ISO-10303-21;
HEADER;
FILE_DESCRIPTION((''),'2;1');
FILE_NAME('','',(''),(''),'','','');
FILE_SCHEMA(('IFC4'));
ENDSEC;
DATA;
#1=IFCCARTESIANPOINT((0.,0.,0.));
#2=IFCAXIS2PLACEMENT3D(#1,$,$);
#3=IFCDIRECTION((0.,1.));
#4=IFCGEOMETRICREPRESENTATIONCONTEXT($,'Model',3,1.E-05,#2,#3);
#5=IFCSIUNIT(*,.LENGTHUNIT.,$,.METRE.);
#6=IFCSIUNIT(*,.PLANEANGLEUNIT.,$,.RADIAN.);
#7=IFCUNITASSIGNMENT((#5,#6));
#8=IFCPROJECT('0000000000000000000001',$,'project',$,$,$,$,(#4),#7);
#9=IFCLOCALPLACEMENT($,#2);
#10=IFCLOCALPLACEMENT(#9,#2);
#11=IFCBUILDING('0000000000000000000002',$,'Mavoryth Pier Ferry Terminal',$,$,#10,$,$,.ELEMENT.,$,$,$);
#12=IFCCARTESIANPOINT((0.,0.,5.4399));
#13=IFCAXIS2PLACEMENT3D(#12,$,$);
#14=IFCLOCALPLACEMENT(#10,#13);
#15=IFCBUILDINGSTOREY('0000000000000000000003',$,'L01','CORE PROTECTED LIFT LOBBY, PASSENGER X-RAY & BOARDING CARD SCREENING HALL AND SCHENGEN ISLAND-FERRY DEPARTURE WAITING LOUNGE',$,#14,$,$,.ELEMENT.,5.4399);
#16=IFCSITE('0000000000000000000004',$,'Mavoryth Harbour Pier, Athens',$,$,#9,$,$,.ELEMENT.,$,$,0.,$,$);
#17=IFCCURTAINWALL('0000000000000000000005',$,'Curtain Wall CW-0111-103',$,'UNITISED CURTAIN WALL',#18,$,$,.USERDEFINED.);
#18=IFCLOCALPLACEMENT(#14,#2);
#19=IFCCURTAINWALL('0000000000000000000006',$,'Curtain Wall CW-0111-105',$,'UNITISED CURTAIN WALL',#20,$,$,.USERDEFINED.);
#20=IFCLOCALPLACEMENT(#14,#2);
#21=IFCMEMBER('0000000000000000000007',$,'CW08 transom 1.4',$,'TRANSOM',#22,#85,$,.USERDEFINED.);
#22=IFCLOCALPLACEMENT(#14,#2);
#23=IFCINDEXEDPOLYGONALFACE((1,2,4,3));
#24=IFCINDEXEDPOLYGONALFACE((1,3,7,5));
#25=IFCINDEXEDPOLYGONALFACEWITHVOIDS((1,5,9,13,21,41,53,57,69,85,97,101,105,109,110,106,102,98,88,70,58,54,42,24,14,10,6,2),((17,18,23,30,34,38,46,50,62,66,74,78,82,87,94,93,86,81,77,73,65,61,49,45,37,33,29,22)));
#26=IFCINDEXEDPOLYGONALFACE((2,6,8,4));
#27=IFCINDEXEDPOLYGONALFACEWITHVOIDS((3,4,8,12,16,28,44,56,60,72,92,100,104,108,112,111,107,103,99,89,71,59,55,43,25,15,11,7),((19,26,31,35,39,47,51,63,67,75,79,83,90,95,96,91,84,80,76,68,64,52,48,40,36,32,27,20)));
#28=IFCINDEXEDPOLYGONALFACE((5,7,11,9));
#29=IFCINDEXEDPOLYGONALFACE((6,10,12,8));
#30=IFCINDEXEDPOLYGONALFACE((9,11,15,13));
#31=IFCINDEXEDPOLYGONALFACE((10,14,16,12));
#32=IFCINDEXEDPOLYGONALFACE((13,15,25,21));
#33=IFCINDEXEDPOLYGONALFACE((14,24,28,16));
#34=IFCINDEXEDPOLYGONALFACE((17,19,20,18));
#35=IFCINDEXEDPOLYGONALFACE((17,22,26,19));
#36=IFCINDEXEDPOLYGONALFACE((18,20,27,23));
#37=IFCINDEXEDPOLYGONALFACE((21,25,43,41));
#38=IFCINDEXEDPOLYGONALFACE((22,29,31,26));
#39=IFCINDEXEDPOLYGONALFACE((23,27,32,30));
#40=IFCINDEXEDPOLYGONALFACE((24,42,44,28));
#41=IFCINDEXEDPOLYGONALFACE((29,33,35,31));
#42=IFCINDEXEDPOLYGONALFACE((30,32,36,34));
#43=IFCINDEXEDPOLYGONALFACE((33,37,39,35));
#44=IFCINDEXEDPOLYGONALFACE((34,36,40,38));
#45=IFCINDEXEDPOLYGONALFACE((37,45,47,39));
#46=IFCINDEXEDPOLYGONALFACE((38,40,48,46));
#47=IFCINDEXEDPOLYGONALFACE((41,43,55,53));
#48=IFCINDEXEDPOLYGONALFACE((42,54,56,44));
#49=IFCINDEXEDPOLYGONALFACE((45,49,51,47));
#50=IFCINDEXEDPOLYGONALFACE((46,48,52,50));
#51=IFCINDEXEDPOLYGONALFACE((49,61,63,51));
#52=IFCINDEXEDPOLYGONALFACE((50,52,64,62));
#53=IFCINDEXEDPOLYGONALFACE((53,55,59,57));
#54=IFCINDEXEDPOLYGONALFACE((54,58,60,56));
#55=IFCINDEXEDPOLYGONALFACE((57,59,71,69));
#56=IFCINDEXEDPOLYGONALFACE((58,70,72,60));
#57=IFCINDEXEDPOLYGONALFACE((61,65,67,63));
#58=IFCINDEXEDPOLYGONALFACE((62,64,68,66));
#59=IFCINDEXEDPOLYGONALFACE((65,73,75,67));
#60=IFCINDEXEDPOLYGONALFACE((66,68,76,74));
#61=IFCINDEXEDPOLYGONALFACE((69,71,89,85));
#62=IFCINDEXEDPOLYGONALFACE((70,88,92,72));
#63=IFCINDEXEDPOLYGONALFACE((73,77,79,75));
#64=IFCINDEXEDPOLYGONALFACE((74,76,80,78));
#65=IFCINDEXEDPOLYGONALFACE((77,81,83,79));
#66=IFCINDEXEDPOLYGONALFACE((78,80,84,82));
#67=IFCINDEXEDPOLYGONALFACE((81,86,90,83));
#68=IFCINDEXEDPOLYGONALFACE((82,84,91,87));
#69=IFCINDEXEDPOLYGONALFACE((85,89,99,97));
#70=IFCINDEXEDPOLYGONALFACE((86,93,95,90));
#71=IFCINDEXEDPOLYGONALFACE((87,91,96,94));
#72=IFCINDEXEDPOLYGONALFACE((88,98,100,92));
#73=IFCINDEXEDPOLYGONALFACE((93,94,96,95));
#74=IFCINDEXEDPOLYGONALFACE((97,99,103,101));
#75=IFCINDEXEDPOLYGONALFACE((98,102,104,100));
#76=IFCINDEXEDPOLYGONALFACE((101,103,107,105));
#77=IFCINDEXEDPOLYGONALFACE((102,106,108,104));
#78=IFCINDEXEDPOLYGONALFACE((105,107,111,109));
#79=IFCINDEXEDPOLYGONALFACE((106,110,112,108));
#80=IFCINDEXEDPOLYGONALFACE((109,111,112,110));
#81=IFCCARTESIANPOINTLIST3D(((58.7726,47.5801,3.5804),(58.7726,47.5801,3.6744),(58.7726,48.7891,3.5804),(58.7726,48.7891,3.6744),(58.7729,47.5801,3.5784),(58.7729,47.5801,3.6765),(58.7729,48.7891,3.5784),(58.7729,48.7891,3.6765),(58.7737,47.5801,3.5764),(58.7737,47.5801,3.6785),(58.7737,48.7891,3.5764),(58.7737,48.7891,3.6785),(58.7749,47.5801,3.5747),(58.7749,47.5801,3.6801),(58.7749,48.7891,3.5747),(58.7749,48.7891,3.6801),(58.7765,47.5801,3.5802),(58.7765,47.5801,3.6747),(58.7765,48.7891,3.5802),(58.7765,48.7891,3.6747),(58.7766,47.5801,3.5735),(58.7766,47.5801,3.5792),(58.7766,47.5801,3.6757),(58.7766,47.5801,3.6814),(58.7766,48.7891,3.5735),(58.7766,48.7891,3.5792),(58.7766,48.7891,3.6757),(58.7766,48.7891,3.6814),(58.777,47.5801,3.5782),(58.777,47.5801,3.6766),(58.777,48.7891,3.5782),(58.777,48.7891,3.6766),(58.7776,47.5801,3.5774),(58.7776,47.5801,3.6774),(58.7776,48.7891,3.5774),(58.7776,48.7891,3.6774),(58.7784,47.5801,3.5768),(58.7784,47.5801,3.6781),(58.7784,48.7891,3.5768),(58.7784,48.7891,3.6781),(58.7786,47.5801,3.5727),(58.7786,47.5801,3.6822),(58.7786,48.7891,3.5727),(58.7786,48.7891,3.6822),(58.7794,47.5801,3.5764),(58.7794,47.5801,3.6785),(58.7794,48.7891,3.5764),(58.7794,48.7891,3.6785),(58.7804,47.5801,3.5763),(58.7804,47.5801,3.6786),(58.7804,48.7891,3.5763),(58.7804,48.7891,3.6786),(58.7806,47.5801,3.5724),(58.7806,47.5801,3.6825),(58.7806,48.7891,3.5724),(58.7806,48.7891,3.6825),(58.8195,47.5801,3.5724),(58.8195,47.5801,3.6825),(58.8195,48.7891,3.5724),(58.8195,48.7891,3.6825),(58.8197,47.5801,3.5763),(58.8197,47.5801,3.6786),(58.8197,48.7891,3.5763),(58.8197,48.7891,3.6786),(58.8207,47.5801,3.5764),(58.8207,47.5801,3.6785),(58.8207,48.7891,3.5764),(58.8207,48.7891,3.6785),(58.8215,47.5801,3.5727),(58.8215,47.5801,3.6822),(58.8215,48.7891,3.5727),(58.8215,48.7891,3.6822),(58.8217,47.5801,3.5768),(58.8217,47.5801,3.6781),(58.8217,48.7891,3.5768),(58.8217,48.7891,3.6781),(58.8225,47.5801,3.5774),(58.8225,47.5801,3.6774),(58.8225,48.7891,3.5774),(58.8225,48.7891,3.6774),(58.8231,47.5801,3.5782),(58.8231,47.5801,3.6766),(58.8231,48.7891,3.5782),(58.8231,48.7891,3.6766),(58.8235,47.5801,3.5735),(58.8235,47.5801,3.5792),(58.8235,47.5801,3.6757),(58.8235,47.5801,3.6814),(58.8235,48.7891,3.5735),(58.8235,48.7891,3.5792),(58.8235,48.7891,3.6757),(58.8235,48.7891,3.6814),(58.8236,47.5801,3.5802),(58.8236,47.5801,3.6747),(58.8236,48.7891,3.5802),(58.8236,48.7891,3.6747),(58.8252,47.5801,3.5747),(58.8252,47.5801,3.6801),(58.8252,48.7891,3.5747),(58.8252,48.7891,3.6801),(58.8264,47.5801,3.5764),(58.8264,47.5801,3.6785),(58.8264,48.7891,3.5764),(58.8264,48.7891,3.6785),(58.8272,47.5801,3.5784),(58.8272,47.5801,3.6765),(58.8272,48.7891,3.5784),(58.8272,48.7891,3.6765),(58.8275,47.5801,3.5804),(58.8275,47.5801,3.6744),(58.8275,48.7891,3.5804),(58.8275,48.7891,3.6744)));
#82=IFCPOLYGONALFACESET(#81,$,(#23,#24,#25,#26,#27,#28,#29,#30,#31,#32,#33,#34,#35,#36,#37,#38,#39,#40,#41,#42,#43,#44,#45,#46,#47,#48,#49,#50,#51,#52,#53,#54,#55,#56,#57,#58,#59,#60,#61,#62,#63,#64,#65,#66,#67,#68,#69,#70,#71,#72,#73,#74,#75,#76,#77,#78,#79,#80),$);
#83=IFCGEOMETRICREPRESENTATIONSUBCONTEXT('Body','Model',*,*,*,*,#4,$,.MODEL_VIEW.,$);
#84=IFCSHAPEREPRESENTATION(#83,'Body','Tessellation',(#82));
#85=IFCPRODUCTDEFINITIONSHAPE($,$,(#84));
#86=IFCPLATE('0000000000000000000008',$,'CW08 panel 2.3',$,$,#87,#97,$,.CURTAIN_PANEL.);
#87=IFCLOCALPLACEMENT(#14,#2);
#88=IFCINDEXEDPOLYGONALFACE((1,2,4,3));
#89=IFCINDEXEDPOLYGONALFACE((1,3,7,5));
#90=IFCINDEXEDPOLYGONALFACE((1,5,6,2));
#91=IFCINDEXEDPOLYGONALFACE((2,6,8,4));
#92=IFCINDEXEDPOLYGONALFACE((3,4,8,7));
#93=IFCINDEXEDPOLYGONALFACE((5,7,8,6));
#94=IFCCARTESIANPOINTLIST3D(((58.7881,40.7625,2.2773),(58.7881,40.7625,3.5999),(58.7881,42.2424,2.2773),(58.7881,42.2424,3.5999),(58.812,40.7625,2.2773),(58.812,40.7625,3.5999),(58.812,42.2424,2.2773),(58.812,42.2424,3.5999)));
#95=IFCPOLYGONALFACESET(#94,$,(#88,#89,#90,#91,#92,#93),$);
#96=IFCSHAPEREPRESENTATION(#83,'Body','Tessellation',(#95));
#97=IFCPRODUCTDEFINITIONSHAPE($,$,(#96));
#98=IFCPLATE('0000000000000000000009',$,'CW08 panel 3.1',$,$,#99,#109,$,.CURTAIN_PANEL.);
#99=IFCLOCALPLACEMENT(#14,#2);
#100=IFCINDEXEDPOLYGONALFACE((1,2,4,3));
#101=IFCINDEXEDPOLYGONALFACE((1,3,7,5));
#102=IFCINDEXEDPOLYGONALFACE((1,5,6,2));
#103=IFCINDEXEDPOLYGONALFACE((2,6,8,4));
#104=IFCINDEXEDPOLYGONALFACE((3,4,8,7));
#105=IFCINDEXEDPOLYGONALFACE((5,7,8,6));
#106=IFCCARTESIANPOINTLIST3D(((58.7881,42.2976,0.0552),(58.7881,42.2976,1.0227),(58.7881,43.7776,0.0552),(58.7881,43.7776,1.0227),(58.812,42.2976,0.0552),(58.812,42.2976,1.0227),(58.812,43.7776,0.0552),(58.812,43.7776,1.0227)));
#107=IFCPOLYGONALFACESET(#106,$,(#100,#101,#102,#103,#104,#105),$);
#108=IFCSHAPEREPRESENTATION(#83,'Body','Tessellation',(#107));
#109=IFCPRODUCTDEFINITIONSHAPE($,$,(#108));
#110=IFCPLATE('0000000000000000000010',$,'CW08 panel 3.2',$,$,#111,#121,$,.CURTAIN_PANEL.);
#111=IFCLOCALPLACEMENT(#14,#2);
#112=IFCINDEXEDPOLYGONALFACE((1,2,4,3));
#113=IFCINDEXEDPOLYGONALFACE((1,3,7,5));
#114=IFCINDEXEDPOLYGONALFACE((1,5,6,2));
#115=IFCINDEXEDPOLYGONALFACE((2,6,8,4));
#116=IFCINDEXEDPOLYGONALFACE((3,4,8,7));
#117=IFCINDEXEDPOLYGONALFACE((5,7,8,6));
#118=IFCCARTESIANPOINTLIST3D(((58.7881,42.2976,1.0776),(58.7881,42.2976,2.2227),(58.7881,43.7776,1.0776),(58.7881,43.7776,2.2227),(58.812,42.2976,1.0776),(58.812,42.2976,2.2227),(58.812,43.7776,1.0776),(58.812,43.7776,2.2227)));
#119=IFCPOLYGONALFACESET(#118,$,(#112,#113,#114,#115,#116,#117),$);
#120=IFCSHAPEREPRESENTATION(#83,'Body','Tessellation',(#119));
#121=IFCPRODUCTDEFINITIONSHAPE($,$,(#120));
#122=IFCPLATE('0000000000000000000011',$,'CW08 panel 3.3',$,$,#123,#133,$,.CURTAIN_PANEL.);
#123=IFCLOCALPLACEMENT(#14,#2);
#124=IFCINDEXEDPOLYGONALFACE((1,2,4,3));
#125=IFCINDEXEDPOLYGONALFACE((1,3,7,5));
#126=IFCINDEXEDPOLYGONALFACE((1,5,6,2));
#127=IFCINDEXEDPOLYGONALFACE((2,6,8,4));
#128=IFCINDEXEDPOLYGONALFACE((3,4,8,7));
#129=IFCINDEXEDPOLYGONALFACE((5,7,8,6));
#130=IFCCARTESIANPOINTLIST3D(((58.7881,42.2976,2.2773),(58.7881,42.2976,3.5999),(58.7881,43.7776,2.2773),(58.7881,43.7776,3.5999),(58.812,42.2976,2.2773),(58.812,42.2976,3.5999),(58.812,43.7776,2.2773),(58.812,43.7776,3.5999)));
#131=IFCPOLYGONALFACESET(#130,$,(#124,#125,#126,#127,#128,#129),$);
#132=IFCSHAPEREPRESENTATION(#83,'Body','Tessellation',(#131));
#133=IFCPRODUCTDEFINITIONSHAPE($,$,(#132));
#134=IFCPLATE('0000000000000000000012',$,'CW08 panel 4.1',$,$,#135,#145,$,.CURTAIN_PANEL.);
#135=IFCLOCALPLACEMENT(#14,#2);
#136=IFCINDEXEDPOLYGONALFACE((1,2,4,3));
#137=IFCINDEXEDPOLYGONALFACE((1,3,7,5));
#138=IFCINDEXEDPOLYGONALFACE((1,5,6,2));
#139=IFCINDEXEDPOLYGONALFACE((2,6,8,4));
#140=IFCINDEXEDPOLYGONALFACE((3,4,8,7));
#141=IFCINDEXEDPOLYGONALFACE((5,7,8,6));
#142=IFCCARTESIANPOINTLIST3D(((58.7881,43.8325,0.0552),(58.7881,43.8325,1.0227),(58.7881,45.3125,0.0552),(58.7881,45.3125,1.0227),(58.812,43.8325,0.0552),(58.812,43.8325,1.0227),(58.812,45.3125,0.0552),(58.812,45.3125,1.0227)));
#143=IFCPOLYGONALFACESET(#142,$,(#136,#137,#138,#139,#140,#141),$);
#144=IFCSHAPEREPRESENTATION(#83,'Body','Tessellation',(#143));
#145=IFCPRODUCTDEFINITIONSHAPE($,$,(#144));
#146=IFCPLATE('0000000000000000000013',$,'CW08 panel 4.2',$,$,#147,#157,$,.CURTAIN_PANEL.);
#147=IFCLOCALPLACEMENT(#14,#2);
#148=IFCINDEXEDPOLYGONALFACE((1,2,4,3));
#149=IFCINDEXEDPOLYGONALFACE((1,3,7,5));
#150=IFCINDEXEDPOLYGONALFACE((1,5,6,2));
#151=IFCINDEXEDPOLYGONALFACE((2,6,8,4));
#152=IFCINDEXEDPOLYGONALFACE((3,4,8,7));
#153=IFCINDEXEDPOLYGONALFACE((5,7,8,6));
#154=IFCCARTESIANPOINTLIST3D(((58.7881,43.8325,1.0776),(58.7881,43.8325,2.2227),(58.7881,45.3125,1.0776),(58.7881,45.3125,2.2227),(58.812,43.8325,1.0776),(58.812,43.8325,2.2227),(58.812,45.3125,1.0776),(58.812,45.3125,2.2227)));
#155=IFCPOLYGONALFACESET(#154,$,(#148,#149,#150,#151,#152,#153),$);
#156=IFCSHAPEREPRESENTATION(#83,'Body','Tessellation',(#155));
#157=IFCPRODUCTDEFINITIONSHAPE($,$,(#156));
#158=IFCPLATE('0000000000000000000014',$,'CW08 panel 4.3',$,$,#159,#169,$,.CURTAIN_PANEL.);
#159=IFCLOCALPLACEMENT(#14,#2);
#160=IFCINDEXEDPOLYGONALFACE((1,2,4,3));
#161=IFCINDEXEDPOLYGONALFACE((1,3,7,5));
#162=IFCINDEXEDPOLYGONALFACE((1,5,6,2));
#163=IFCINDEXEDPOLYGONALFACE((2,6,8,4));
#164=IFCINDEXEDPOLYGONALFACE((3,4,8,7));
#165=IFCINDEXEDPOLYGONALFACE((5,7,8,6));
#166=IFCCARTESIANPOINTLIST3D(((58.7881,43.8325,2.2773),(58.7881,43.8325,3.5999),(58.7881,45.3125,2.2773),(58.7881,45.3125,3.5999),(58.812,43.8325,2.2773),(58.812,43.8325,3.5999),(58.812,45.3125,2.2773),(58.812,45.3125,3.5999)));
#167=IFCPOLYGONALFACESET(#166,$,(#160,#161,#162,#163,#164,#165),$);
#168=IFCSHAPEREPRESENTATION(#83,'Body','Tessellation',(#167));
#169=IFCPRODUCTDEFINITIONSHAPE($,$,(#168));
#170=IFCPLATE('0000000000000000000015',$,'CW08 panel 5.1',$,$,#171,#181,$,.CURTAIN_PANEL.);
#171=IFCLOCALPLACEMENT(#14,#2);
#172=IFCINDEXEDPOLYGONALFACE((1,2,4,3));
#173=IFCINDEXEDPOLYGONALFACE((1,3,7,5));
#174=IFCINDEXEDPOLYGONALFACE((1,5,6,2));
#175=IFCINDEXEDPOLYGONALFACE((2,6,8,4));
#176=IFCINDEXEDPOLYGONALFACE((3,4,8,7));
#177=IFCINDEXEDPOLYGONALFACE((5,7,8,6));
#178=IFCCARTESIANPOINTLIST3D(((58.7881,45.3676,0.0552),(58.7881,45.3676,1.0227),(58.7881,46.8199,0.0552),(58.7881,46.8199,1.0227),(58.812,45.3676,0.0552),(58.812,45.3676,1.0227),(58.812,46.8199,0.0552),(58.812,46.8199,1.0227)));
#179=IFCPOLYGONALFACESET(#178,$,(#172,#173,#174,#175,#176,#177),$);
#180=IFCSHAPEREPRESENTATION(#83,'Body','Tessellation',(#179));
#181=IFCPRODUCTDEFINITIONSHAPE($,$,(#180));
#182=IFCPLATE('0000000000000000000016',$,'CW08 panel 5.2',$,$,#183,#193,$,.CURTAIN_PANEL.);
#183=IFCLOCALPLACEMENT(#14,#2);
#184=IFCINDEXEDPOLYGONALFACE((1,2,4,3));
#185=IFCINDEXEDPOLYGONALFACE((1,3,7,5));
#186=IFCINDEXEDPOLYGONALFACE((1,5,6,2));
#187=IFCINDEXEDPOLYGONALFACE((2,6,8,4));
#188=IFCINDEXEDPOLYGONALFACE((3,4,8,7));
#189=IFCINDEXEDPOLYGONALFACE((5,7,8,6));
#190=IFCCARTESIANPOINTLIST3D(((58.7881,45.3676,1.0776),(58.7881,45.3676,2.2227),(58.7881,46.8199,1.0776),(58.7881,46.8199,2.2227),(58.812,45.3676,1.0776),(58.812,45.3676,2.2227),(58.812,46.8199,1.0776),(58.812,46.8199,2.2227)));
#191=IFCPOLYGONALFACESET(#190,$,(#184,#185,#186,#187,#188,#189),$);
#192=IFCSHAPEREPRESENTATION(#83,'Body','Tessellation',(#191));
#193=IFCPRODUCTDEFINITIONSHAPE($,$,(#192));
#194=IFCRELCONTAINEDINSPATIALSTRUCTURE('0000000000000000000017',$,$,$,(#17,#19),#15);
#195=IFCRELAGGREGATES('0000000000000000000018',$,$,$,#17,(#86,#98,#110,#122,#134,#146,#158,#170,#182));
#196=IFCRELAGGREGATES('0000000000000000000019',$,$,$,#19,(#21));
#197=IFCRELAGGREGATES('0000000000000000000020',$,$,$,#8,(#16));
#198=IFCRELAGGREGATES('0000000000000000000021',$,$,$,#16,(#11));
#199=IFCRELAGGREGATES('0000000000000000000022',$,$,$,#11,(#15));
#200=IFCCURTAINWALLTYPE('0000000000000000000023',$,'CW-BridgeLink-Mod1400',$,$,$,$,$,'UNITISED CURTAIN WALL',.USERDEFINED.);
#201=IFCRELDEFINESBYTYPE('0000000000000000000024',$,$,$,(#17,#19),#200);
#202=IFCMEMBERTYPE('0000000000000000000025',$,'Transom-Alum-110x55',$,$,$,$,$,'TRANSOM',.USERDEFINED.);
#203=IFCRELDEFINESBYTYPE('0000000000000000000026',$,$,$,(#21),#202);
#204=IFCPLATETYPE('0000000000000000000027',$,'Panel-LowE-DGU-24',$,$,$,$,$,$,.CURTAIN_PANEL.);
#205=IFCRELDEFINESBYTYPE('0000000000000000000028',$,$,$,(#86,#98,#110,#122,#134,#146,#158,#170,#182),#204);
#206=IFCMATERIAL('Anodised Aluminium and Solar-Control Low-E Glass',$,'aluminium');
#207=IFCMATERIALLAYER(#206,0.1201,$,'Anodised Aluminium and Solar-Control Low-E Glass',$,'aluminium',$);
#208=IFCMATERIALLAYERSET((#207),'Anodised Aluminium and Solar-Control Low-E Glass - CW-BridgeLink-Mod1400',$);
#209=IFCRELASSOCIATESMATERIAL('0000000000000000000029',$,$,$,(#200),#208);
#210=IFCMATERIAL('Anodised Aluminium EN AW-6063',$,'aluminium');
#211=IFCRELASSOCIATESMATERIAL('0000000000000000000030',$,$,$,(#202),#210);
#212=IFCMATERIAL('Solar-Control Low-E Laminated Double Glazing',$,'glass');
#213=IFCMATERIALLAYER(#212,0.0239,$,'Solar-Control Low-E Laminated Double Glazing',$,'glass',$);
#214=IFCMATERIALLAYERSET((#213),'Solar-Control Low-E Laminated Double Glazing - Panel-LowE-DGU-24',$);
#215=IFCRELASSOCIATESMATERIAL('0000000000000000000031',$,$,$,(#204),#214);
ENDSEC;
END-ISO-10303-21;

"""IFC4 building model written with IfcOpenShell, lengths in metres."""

from ifc_helpers import new_model, si_unit, direction, frame, origin, origin_2d, place, context, subcontext, project, spatial, rectangle, hollow_rectangle, extrude, material, layer, layer_set, material_profile, profile_set, type_object, element, aggregate, save


model = new_model("IFC4")

# Units and contexts
model_context = context("Model", 3, precision=1e-05, world=origin(), true_north=direction((0.0, 1.0)))
body_context = subcontext(model_context, "Body", "Model", "MODEL_VIEW")
ifc_project = project(units=[si_unit("LENGTHUNIT", "METRE"), si_unit("PLANEANGLEUNIT", "RADIAN")], contexts=[model_context])

# Site, building, storey
site_placement = place(None, origin())
site = spatial("IfcSite", under=ifc_project, at=site_placement, Name="Mavoryth Harbour Pier, Athens", CompositionType="ELEMENT", RefElevation=0.0)
building_placement = place(site_placement, origin())
building = spatial("IfcBuilding", under=site, at=building_placement, Name="Mavoryth Pier Ferry Terminal", CompositionType="ELEMENT")
storey_placement = place(building_placement, frame((0.0, 0.0, 5.4399)))
storey = spatial("IfcBuildingStorey", under=building, at=storey_placement, Name="L01", Description="CORE PROTECTED LIFT LOBBY, PASSENGER X-RAY & BOARDING CARD SCREENING HALL AND SCHENGEN ISLAND-FERRY DEPARTURE WAITING LOUNGE", CompositionType="ELEMENT", Elevation=5.4399)

# Curtain wall
ifc_material_1 = material(Name="Anodised Aluminium and Solar-Control Low-E Glass", Category="aluminium")
ifc_layer_1 = layer(ifc_material_1, 0.1201, Name="Anodised Aluminium and Solar-Control Low-E Glass", Category="aluminium")
ifc_layer_set_1 = layer_set([ifc_layer_1], Name="Anodised Aluminium and Solar-Control Low-E Glass - CW-BridgeLink-Mod1400")
curtain_wall_type = type_object("IfcCurtainWallType", Name="CW-BridgeLink-Mod1400", ElementType="UNITISED CURTAIN WALL", PredefinedType="USERDEFINED", material=ifc_layer_set_1)
curtain_wall_1_placement = place(storey_placement, origin())
curtain_wall_1 = element("IfcCurtainWall", 1, at=curtain_wall_1_placement, inside=storey, type_object=curtain_wall_type, Name="Curtain Wall CW-0111-103", ObjectType="UNITISED CURTAIN WALL", PredefinedType="USERDEFINED")
ifc_material_2 = material(Name="Anodised Aluminium EN AW-6063", Category="aluminium")

# Curtain wall
curtain_wall_2_placement = place(storey_placement, origin())
curtain_wall_2 = element("IfcCurtainWall", 2, at=curtain_wall_2_placement, inside=storey, type_object=curtain_wall_type, Name="Curtain Wall CW-0111-105", ObjectType="UNITISED CURTAIN WALL", PredefinedType="USERDEFINED")

# Member
ifc_material_profile_1 = material_profile(ifc_material_2, hollow_rectangle(XDim=0.0549, YDim=0.1101, WallThickness=0.0039, InnerFilletRadius=0.0039, OuterFilletRadius=0.0081, at=origin_2d()), Name="AL-TRAN 110x55x4", Category="aluminium")
ifc_profile_set_1 = profile_set([ifc_material_profile_1], Name="Anodised Aluminium EN AW-6063 - AL-TRAN 110x55x4")
member_type_1 = type_object("IfcMemberType", Name="Transom-Alum-110x55", ElementType="TRANSOM", PredefinedType="USERDEFINED", material=ifc_profile_set_1)
member_1_placement = place(storey_placement, frame((58.8, 47.5801, 3.6274), z_axis=(0.0, 1.0, 0.0), x_axis=(-1.0, 0.0, 0.0)))
member_1 = element("IfcMember", 3, at=member_1_placement, type_object=member_type_1, Name="CW08 transom 1.4", ObjectType="TRANSOM", PredefinedType="USERDEFINED", context=body_context, shape_type="SweptSolid", body=[
    extrude(hollow_rectangle(XDim=0.0549, YDim=0.1101, WallThickness=0.0039, InnerFilletRadius=0.0039, OuterFilletRadius=0.0081, at=origin_2d()), origin(), (0.0, 0.0, 1.0), 1.209),
])

# Plates
ifc_material_3 = material(Name="Solar-Control Low-E Laminated Double Glazing", Category="glass")
ifc_layer_2 = layer(ifc_material_3, 0.0239, Name="Solar-Control Low-E Laminated Double Glazing", Category="glass")
ifc_layer_set_2 = layer_set([ifc_layer_2], Name="Solar-Control Low-E Laminated Double Glazing - Panel-LowE-DGU-24")
plate_type = type_object("IfcPlateType", Name="Panel-LowE-DGU-24", PredefinedType="CURTAIN_PANEL", material=ifc_layer_set_2)
plate_1_placement = place(storey_placement, frame((58.8, 41.5024, 2.2773), z_axis=(0.0, 0.0, 1.0), x_axis=(0.0, 1.0, 0.0)))
plate_1 = element("IfcPlate", 4, at=plate_1_placement, type_object=plate_type, Name="CW08 panel 2.3", PredefinedType="CURTAIN_PANEL", context=body_context, shape_type="SweptSolid", body=[
    extrude(rectangle(XDim=1.48, YDim=0.0239, at=origin_2d()), origin(), (0.0, 0.0, 1.0), 1.3225),
])
plate_2_placement = place(storey_placement, frame((58.8, 43.0376, 0.0552), z_axis=(0.0, 0.0, 1.0), x_axis=(0.0, 1.0, 0.0)))
plate_2 = element("IfcPlate", 5, at=plate_2_placement, type_object=plate_type, Name="CW08 panel 3.1", PredefinedType="CURTAIN_PANEL", context=body_context, shape_type="SweptSolid", body=[
    extrude(rectangle(XDim=1.48, YDim=0.0239, at=origin_2d()), origin(), (0.0, 0.0, 1.0), 0.9675),
])
plate_3_placement = place(storey_placement, frame((58.8, 43.0376, 1.0776), z_axis=(0.0, 0.0, 1.0), x_axis=(0.0, 1.0, 0.0)))
plate_3 = element("IfcPlate", 6, at=plate_3_placement, type_object=plate_type, Name="CW08 panel 3.2", PredefinedType="CURTAIN_PANEL", context=body_context, shape_type="SweptSolid", body=[
    extrude(rectangle(XDim=1.48, YDim=0.0239, at=origin_2d()), origin(), (0.0, 0.0, 1.0), 1.145),
])
plate_4_placement = place(storey_placement, frame((58.8, 43.0376, 2.2773), z_axis=(0.0, 0.0, 1.0), x_axis=(0.0, 1.0, 0.0)))
plate_4 = element("IfcPlate", 7, at=plate_4_placement, type_object=plate_type, Name="CW08 panel 3.3", PredefinedType="CURTAIN_PANEL", context=body_context, shape_type="SweptSolid", body=[
    extrude(rectangle(XDim=1.48, YDim=0.0239, at=origin_2d()), origin(), (0.0, 0.0, 1.0), 1.3225),
])
plate_5_placement = place(storey_placement, frame((58.8, 44.5725, 0.0552), z_axis=(0.0, 0.0, 1.0), x_axis=(0.0, 1.0, 0.0)))
plate_5 = element("IfcPlate", 8, at=plate_5_placement, type_object=plate_type, Name="CW08 panel 4.1", PredefinedType="CURTAIN_PANEL", context=body_context, shape_type="SweptSolid", body=[
    extrude(rectangle(XDim=1.48, YDim=0.0239, at=origin_2d()), origin(), (0.0, 0.0, 1.0), 0.9675),
])
plate_6_placement = place(storey_placement, frame((58.8, 44.5725, 1.0776), z_axis=(0.0, 0.0, 1.0), x_axis=(0.0, 1.0, 0.0)))
plate_6 = element("IfcPlate", 9, at=plate_6_placement, type_object=plate_type, Name="CW08 panel 4.2", PredefinedType="CURTAIN_PANEL", context=body_context, shape_type="SweptSolid", body=[
    extrude(rectangle(XDim=1.48, YDim=0.0239, at=origin_2d()), origin(), (0.0, 0.0, 1.0), 1.145),
])
plate_7_placement = place(storey_placement, frame((58.8, 44.5725, 2.2773), z_axis=(0.0, 0.0, 1.0), x_axis=(0.0, 1.0, 0.0)))
plate_7 = element("IfcPlate", 10, at=plate_7_placement, type_object=plate_type, Name="CW08 panel 4.3", PredefinedType="CURTAIN_PANEL", context=body_context, shape_type="SweptSolid", body=[
    extrude(rectangle(XDim=1.48, YDim=0.0239, at=origin_2d()), origin(), (0.0, 0.0, 1.0), 1.3225),
])
plate_8_placement = place(storey_placement, frame((58.8, 46.0938, 0.0552), z_axis=(0.0, 0.0, 1.0), x_axis=(0.0, 1.0, 0.0)))
plate_8 = element("IfcPlate", 11, at=plate_8_placement, type_object=plate_type, Name="CW08 panel 5.1", PredefinedType="CURTAIN_PANEL", context=body_context, shape_type="SweptSolid", body=[
    extrude(rectangle(XDim=1.4524, YDim=0.0239, at=origin_2d()), origin(), (0.0, 0.0, 1.0), 0.9675),
])
plate_9_placement = place(storey_placement, frame((58.8, 46.0938, 1.0776), z_axis=(0.0, 0.0, 1.0), x_axis=(0.0, 1.0, 0.0)))
plate_9 = element("IfcPlate", 12, at=plate_9_placement, type_object=plate_type, Name="CW08 panel 5.2", PredefinedType="CURTAIN_PANEL", context=body_context, shape_type="SweptSolid", body=[
    extrude(rectangle(XDim=1.4524, YDim=0.0239, at=origin_2d()), origin(), (0.0, 0.0, 1.0), 1.145),
])
aggregate(curtain_wall_1, [plate_1, plate_2, plate_3, plate_4, plate_5, plate_6, plate_7, plate_8, plate_9])
aggregate(curtain_wall_2, [member_1])

save(model, "model.ifc")
